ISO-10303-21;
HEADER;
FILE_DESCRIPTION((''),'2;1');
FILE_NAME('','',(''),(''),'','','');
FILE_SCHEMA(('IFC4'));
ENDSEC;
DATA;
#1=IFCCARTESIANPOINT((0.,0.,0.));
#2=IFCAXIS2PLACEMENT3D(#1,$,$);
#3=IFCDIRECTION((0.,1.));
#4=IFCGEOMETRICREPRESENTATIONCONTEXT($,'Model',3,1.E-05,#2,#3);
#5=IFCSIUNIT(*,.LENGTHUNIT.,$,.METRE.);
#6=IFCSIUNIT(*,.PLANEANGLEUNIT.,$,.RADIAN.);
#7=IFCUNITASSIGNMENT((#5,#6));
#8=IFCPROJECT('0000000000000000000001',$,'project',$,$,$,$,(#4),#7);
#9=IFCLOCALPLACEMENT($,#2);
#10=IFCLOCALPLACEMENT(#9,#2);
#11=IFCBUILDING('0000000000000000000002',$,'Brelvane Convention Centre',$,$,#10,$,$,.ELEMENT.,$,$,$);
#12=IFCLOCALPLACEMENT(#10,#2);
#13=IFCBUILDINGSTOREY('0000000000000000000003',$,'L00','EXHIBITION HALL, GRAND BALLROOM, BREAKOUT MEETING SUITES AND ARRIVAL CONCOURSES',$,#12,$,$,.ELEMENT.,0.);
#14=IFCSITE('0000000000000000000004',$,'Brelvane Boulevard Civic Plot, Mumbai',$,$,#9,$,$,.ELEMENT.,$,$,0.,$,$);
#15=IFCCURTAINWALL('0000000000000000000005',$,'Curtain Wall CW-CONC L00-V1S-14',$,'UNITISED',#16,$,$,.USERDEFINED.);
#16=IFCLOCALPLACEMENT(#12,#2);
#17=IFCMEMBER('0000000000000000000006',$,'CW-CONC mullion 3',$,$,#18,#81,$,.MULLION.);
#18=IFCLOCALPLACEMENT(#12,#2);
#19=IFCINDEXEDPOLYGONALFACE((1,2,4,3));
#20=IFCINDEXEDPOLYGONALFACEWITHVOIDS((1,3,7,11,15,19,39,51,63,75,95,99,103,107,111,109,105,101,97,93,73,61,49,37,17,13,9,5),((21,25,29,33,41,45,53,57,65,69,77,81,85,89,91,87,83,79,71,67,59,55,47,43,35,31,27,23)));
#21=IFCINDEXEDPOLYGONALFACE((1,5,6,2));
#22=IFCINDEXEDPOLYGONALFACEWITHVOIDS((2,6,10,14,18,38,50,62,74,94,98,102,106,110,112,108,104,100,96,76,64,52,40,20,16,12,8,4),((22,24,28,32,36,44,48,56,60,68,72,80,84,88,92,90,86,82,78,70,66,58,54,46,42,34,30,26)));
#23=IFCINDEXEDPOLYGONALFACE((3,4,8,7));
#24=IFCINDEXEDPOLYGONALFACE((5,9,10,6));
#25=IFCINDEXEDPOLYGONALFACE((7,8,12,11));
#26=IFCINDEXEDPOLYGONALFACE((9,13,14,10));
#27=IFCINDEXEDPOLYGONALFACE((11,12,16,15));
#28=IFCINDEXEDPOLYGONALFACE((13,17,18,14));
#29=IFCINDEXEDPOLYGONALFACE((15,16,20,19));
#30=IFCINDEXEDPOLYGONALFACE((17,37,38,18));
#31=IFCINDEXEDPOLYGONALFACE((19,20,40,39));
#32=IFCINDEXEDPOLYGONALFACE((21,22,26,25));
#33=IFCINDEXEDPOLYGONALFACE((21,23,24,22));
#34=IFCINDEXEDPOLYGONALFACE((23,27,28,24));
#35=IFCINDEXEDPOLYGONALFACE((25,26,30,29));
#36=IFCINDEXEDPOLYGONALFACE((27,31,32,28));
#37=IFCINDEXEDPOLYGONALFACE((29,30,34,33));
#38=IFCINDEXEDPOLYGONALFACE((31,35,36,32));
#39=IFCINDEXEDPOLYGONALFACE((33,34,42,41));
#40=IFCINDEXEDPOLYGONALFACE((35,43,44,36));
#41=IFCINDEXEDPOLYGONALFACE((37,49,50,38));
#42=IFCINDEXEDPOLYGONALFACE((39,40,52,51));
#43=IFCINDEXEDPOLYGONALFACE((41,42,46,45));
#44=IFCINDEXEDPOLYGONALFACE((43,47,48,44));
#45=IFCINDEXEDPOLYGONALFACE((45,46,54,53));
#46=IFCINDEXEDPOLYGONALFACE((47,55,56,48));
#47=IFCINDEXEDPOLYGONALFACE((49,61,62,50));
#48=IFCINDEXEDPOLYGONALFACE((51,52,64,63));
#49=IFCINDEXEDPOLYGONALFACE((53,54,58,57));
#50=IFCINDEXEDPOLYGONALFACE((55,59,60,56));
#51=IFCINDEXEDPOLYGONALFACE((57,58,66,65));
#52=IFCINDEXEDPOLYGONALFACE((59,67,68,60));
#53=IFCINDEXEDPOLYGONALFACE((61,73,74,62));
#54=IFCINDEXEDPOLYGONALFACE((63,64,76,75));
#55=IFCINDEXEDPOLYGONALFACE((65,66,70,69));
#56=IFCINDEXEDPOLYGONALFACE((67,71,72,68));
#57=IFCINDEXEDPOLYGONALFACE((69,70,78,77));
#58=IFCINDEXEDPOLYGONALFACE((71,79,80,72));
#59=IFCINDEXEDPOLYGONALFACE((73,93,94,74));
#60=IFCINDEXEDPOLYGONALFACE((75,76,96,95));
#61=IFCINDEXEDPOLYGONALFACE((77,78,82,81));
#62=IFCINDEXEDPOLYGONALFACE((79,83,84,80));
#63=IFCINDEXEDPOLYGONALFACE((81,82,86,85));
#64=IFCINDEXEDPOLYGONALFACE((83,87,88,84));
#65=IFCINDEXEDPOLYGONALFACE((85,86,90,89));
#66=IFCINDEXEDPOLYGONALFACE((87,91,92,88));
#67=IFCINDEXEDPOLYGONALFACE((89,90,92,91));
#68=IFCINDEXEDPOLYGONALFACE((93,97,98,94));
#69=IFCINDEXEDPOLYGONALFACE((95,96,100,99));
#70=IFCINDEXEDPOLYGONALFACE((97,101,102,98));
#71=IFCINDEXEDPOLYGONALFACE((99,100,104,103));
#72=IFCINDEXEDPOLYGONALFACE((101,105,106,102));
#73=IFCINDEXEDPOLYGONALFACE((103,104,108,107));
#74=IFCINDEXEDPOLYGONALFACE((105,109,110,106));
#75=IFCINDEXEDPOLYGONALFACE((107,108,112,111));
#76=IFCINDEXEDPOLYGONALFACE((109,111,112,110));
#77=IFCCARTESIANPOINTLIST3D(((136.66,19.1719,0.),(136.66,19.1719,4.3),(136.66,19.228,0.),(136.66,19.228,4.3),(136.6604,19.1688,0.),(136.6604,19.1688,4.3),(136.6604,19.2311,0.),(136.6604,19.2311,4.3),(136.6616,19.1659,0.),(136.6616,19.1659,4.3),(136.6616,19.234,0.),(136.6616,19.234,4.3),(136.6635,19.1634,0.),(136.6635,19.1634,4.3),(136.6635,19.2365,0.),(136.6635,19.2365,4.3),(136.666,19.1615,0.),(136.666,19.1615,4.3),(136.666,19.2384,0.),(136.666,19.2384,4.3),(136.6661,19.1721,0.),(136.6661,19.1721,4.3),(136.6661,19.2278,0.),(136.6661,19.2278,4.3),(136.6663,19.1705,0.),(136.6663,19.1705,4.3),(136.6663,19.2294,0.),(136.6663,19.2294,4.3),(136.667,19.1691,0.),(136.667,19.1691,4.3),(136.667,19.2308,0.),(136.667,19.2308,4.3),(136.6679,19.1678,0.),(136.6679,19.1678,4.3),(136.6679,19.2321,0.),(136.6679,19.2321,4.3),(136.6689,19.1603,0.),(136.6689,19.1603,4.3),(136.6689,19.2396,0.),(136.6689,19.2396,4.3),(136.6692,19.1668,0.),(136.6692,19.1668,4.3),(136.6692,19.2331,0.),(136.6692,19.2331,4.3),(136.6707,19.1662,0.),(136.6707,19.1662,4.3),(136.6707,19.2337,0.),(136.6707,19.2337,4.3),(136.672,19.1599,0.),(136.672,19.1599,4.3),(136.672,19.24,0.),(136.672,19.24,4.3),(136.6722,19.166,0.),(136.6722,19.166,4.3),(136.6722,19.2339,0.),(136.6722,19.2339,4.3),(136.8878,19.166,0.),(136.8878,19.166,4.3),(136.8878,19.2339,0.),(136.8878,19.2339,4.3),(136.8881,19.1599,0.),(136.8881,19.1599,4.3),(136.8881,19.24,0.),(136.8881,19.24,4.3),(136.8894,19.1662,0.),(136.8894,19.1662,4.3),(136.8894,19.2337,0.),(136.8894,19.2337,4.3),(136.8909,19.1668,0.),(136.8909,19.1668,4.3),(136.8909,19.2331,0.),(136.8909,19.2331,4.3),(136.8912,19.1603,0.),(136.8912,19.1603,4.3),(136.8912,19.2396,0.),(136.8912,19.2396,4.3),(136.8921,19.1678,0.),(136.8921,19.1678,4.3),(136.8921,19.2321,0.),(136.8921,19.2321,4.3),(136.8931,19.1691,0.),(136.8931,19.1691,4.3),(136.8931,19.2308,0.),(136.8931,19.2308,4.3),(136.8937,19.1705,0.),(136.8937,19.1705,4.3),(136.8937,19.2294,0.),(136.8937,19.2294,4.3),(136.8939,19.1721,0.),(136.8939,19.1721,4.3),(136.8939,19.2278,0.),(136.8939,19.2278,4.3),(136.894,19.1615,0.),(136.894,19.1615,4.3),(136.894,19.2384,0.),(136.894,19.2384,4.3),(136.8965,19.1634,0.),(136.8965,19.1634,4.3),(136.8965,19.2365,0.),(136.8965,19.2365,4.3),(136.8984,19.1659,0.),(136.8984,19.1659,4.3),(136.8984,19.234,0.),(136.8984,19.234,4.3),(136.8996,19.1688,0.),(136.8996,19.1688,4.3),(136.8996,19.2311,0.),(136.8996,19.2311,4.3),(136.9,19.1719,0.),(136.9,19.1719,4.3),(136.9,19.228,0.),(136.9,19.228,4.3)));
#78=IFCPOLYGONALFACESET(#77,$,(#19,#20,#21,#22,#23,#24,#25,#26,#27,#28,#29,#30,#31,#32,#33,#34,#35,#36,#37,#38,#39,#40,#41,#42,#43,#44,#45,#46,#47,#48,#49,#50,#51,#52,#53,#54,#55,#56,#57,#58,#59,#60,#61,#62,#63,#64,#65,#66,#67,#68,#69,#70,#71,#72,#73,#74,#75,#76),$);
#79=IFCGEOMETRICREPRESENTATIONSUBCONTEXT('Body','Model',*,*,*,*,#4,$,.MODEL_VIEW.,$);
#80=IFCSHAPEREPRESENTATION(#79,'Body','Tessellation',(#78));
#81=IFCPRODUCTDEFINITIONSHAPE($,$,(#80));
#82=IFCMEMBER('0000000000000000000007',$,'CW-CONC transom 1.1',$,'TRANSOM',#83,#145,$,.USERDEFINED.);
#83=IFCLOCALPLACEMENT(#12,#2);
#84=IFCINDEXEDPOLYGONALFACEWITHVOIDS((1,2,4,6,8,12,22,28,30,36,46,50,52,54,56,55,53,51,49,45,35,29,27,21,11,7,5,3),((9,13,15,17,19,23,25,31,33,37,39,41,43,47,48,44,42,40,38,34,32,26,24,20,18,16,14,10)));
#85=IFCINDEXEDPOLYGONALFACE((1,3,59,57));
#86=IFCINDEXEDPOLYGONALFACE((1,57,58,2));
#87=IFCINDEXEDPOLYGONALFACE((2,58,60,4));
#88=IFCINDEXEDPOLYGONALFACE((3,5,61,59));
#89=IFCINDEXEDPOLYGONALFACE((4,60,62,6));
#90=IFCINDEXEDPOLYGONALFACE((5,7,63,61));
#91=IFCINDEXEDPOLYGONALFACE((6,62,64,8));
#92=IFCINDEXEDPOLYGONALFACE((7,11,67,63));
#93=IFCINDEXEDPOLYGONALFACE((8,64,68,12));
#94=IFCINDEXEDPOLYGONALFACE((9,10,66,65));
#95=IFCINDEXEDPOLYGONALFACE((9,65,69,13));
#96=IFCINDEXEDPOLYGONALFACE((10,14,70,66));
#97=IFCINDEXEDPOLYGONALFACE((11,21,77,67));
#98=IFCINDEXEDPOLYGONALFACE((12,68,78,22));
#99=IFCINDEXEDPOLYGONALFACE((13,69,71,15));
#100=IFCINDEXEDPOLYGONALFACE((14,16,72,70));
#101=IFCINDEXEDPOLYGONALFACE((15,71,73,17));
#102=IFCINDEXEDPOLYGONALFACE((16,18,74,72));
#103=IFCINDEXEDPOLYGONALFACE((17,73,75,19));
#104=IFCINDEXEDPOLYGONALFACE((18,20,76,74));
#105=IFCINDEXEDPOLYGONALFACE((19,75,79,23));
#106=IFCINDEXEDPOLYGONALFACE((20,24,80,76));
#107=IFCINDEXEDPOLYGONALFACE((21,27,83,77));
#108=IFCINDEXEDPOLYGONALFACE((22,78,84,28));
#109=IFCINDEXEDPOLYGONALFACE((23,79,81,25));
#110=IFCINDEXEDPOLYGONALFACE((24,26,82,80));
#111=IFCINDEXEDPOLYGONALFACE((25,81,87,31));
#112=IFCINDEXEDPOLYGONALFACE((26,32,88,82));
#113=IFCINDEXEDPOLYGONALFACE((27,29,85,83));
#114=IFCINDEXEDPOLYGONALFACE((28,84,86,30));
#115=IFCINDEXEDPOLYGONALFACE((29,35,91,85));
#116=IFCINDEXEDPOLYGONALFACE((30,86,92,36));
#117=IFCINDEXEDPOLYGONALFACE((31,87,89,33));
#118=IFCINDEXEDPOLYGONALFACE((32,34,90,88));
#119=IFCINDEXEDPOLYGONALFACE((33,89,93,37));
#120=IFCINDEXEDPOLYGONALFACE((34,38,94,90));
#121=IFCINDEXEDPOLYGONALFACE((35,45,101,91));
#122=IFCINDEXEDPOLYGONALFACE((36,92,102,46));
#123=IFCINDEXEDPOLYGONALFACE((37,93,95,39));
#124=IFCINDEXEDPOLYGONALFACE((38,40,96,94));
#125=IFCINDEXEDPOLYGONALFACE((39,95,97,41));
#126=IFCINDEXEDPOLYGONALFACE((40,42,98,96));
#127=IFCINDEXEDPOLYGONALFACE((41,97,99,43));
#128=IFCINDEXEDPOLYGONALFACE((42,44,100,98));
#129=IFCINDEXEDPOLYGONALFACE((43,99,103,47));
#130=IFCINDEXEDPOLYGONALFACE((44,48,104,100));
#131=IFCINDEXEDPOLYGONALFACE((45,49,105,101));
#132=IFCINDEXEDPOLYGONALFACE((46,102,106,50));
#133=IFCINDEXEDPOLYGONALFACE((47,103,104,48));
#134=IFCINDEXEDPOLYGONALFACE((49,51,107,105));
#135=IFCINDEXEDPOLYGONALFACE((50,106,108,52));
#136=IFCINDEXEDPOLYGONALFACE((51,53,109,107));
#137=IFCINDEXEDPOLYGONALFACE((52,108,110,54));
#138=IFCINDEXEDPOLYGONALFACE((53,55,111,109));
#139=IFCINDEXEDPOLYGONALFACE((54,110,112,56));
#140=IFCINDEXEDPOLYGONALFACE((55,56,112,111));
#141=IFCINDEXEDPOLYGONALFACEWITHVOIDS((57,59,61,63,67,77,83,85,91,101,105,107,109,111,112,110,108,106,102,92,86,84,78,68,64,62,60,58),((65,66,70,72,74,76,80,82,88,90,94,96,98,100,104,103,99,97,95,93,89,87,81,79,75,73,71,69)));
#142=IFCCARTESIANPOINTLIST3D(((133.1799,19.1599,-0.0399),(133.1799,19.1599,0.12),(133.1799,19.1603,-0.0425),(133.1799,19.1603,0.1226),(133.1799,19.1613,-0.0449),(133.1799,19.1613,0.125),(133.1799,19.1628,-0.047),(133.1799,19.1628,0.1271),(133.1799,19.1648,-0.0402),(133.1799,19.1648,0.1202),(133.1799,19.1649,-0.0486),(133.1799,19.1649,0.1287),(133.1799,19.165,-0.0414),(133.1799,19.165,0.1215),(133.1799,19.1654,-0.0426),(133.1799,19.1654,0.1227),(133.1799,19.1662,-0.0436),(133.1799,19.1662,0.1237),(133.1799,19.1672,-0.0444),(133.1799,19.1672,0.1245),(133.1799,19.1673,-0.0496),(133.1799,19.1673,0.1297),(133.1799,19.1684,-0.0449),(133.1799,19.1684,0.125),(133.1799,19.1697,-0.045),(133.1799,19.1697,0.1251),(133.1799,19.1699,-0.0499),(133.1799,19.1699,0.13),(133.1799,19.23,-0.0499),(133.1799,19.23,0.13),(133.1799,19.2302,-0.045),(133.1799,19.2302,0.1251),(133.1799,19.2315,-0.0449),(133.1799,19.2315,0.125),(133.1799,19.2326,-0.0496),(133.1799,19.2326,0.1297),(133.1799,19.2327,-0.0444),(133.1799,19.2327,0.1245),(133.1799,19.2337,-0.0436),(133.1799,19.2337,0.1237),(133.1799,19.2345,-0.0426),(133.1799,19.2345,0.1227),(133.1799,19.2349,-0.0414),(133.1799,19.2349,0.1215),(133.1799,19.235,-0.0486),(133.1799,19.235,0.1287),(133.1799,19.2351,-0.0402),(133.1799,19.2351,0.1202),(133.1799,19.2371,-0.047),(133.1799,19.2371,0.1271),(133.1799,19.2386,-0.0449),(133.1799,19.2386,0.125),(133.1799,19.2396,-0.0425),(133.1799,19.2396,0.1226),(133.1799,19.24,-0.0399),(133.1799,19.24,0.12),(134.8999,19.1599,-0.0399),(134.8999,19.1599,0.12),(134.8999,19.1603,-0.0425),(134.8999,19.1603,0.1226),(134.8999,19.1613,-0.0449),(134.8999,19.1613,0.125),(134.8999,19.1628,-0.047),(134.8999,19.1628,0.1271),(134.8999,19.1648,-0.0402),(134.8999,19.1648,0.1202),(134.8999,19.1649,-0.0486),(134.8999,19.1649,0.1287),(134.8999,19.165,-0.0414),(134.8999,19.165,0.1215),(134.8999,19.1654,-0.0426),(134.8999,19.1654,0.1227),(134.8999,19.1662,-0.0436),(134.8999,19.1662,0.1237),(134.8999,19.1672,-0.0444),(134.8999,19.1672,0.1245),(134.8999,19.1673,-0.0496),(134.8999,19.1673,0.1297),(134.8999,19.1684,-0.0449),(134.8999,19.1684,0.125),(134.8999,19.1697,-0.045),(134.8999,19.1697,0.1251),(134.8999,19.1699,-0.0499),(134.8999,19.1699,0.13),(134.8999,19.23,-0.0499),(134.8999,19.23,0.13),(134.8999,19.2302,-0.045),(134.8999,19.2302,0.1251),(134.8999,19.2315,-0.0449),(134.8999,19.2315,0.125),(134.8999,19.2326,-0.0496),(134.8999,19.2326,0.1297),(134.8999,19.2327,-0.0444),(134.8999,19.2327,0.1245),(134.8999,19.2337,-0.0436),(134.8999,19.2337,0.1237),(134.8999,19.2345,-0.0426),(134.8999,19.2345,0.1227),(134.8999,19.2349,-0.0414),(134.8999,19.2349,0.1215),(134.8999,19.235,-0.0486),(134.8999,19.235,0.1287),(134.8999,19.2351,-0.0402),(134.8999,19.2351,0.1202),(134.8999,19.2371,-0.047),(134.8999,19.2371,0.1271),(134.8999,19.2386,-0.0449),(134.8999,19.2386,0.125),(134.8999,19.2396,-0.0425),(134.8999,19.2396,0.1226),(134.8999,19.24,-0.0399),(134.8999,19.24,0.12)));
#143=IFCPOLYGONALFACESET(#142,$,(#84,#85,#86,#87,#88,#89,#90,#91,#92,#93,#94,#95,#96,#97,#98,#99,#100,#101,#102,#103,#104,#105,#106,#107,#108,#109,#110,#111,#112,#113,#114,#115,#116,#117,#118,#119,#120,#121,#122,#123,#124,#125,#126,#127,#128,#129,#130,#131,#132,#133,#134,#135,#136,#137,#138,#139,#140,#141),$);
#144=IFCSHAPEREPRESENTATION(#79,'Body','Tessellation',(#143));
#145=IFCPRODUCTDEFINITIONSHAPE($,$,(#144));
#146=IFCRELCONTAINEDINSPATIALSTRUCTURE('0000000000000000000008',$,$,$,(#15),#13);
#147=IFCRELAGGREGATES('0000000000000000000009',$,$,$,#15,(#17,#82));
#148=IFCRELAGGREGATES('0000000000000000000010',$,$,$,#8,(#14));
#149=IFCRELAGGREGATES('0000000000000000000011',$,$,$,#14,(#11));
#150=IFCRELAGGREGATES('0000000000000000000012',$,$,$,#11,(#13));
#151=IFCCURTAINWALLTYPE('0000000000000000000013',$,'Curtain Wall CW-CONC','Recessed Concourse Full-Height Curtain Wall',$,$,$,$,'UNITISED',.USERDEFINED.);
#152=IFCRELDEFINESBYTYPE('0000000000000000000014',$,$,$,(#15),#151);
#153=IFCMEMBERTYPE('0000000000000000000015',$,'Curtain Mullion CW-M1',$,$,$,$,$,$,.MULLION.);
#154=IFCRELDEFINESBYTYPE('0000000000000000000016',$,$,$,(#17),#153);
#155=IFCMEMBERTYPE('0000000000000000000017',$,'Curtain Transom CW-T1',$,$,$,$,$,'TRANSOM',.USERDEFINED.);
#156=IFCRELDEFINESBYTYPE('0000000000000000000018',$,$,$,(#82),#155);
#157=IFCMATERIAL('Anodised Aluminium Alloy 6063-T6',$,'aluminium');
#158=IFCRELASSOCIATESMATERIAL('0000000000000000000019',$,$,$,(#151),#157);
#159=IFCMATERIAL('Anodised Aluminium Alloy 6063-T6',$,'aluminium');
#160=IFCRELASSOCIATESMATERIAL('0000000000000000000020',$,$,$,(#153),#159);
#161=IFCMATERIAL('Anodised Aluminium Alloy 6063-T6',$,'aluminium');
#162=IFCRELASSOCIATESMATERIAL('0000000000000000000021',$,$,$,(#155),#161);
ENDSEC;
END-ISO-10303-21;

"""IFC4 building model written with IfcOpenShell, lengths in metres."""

from ifc_helpers import new_model, si_unit, direction, frame, origin, origin_2d, place, context, subcontext, project, spatial, hollow_rectangle, extrude, material, material_profile, profile_set, type_object, element, aggregate, save


model = new_model("IFC4")

# Units and contexts
model_context = context("Model", 3, precision=1e-05, world=origin(), true_north=direction((0.0, 1.0)))
body_context = subcontext(model_context, "Body", "Model", "MODEL_VIEW")
ifc_project = project(units=[si_unit("LENGTHUNIT", "METRE"), si_unit("PLANEANGLEUNIT", "RADIAN")], contexts=[model_context])

# Site, building, storey
site_placement = place(None, origin())
site = spatial("IfcSite", under=ifc_project, at=site_placement, Name="Brelvane Boulevard Civic Plot, Mumbai", CompositionType="ELEMENT", RefElevation=0.0)
building_placement = place(site_placement, origin())
building = spatial("IfcBuilding", under=site, at=building_placement, Name="Brelvane Convention Centre", CompositionType="ELEMENT")
storey_placement = place(building_placement, origin())
storey = spatial("IfcBuildingStorey", under=building, at=storey_placement, Name="L00", Description="EXHIBITION HALL, GRAND BALLROOM, BREAKOUT MEETING SUITES AND ARRIVAL CONCOURSES", CompositionType="ELEMENT", Elevation=0.0)

# Curtain wall, members
ifc_material_1 = material(Name="Anodised Aluminium Alloy 6063-T6", Category="aluminium")
curtain_wall_type = type_object("IfcCurtainWallType", Name="Curtain Wall CW-CONC", Description="Recessed Concourse Full-Height Curtain Wall", ElementType="UNITISED", PredefinedType="USERDEFINED", material=ifc_material_1)
curtain_wall_placement = place(storey_placement, origin())
curtain_wall = element("IfcCurtainWall", 1, at=curtain_wall_placement, inside=storey, type_object=curtain_wall_type, Name="Curtain Wall CW-CONC L00-V1S-14", ObjectType="UNITISED", PredefinedType="USERDEFINED")
ifc_material_2 = material(Name="Anodised Aluminium Alloy 6063-T6", Category="aluminium")
ifc_material_profile_1 = material_profile(ifc_material_2, hollow_rectangle(XDim=0.0801, YDim=0.24, WallThickness=0.0061, InnerFilletRadius=0.0061, OuterFilletRadius=0.012, at=origin_2d()), Name="ALU-M 240x80x6.0")
ifc_profile_set_1 = profile_set([ifc_material_profile_1], Name="Anodised Aluminium Alloy 6063-T6")
member_type_1 = type_object("IfcMemberType", Name="Curtain Mullion CW-M1", PredefinedType="MULLION", material=ifc_profile_set_1)
member_1_placement = place(storey_placement, frame((136.78, 19.2, 0.0), z_axis=(0.0, 0.0, 1.0), x_axis=(0.0, 1.0, 0.0)))
member_1 = element("IfcMember", 2, at=member_1_placement, type_object=member_type_1, Name="CW-CONC mullion 3", PredefinedType="MULLION", context=body_context, shape_type="SweptSolid", body=[
    extrude(hollow_rectangle(XDim=0.0801, YDim=0.24, WallThickness=0.0061, InnerFilletRadius=0.0061, OuterFilletRadius=0.012, at=origin_2d()), origin(), (0.0, 0.0, 1.0), 4.3),
])
ifc_material_3 = material(Name="Anodised Aluminium Alloy 6063-T6", Category="aluminium")
ifc_material_profile_2 = material_profile(ifc_material_3, hollow_rectangle(XDim=0.0801, YDim=0.1799, WallThickness=0.0049, InnerFilletRadius=0.0049, OuterFilletRadius=0.01, at=origin_2d()), Name="ALU-T 180x80x5.0")
ifc_profile_set_2 = profile_set([ifc_material_profile_2], Name="Anodised Aluminium Alloy 6063-T6")
member_type_2 = type_object("IfcMemberType", Name="Curtain Transom CW-T1", ElementType="TRANSOM", PredefinedType="USERDEFINED", material=ifc_profile_set_2)
member_2_placement = place(storey_placement, frame((133.1799, 19.2, 0.04), z_axis=(1.0, 0.0, 0.0), x_axis=(0.0, 1.0, 0.0)))
member_2 = element("IfcMember", 3, at=member_2_placement, type_object=member_type_2, Name="CW-CONC transom 1.1", ObjectType="TRANSOM", PredefinedType="USERDEFINED", context=body_context, shape_type="SweptSolid", body=[
    extrude(hollow_rectangle(XDim=0.0801, YDim=0.1799, WallThickness=0.0049, InnerFilletRadius=0.0049, OuterFilletRadius=0.01, at=origin_2d()), origin(), (0.0, 0.0, 1.0), 1.72),
])

aggregate(curtain_wall, [member_1, member_2])

save(model, "model.ifc")
